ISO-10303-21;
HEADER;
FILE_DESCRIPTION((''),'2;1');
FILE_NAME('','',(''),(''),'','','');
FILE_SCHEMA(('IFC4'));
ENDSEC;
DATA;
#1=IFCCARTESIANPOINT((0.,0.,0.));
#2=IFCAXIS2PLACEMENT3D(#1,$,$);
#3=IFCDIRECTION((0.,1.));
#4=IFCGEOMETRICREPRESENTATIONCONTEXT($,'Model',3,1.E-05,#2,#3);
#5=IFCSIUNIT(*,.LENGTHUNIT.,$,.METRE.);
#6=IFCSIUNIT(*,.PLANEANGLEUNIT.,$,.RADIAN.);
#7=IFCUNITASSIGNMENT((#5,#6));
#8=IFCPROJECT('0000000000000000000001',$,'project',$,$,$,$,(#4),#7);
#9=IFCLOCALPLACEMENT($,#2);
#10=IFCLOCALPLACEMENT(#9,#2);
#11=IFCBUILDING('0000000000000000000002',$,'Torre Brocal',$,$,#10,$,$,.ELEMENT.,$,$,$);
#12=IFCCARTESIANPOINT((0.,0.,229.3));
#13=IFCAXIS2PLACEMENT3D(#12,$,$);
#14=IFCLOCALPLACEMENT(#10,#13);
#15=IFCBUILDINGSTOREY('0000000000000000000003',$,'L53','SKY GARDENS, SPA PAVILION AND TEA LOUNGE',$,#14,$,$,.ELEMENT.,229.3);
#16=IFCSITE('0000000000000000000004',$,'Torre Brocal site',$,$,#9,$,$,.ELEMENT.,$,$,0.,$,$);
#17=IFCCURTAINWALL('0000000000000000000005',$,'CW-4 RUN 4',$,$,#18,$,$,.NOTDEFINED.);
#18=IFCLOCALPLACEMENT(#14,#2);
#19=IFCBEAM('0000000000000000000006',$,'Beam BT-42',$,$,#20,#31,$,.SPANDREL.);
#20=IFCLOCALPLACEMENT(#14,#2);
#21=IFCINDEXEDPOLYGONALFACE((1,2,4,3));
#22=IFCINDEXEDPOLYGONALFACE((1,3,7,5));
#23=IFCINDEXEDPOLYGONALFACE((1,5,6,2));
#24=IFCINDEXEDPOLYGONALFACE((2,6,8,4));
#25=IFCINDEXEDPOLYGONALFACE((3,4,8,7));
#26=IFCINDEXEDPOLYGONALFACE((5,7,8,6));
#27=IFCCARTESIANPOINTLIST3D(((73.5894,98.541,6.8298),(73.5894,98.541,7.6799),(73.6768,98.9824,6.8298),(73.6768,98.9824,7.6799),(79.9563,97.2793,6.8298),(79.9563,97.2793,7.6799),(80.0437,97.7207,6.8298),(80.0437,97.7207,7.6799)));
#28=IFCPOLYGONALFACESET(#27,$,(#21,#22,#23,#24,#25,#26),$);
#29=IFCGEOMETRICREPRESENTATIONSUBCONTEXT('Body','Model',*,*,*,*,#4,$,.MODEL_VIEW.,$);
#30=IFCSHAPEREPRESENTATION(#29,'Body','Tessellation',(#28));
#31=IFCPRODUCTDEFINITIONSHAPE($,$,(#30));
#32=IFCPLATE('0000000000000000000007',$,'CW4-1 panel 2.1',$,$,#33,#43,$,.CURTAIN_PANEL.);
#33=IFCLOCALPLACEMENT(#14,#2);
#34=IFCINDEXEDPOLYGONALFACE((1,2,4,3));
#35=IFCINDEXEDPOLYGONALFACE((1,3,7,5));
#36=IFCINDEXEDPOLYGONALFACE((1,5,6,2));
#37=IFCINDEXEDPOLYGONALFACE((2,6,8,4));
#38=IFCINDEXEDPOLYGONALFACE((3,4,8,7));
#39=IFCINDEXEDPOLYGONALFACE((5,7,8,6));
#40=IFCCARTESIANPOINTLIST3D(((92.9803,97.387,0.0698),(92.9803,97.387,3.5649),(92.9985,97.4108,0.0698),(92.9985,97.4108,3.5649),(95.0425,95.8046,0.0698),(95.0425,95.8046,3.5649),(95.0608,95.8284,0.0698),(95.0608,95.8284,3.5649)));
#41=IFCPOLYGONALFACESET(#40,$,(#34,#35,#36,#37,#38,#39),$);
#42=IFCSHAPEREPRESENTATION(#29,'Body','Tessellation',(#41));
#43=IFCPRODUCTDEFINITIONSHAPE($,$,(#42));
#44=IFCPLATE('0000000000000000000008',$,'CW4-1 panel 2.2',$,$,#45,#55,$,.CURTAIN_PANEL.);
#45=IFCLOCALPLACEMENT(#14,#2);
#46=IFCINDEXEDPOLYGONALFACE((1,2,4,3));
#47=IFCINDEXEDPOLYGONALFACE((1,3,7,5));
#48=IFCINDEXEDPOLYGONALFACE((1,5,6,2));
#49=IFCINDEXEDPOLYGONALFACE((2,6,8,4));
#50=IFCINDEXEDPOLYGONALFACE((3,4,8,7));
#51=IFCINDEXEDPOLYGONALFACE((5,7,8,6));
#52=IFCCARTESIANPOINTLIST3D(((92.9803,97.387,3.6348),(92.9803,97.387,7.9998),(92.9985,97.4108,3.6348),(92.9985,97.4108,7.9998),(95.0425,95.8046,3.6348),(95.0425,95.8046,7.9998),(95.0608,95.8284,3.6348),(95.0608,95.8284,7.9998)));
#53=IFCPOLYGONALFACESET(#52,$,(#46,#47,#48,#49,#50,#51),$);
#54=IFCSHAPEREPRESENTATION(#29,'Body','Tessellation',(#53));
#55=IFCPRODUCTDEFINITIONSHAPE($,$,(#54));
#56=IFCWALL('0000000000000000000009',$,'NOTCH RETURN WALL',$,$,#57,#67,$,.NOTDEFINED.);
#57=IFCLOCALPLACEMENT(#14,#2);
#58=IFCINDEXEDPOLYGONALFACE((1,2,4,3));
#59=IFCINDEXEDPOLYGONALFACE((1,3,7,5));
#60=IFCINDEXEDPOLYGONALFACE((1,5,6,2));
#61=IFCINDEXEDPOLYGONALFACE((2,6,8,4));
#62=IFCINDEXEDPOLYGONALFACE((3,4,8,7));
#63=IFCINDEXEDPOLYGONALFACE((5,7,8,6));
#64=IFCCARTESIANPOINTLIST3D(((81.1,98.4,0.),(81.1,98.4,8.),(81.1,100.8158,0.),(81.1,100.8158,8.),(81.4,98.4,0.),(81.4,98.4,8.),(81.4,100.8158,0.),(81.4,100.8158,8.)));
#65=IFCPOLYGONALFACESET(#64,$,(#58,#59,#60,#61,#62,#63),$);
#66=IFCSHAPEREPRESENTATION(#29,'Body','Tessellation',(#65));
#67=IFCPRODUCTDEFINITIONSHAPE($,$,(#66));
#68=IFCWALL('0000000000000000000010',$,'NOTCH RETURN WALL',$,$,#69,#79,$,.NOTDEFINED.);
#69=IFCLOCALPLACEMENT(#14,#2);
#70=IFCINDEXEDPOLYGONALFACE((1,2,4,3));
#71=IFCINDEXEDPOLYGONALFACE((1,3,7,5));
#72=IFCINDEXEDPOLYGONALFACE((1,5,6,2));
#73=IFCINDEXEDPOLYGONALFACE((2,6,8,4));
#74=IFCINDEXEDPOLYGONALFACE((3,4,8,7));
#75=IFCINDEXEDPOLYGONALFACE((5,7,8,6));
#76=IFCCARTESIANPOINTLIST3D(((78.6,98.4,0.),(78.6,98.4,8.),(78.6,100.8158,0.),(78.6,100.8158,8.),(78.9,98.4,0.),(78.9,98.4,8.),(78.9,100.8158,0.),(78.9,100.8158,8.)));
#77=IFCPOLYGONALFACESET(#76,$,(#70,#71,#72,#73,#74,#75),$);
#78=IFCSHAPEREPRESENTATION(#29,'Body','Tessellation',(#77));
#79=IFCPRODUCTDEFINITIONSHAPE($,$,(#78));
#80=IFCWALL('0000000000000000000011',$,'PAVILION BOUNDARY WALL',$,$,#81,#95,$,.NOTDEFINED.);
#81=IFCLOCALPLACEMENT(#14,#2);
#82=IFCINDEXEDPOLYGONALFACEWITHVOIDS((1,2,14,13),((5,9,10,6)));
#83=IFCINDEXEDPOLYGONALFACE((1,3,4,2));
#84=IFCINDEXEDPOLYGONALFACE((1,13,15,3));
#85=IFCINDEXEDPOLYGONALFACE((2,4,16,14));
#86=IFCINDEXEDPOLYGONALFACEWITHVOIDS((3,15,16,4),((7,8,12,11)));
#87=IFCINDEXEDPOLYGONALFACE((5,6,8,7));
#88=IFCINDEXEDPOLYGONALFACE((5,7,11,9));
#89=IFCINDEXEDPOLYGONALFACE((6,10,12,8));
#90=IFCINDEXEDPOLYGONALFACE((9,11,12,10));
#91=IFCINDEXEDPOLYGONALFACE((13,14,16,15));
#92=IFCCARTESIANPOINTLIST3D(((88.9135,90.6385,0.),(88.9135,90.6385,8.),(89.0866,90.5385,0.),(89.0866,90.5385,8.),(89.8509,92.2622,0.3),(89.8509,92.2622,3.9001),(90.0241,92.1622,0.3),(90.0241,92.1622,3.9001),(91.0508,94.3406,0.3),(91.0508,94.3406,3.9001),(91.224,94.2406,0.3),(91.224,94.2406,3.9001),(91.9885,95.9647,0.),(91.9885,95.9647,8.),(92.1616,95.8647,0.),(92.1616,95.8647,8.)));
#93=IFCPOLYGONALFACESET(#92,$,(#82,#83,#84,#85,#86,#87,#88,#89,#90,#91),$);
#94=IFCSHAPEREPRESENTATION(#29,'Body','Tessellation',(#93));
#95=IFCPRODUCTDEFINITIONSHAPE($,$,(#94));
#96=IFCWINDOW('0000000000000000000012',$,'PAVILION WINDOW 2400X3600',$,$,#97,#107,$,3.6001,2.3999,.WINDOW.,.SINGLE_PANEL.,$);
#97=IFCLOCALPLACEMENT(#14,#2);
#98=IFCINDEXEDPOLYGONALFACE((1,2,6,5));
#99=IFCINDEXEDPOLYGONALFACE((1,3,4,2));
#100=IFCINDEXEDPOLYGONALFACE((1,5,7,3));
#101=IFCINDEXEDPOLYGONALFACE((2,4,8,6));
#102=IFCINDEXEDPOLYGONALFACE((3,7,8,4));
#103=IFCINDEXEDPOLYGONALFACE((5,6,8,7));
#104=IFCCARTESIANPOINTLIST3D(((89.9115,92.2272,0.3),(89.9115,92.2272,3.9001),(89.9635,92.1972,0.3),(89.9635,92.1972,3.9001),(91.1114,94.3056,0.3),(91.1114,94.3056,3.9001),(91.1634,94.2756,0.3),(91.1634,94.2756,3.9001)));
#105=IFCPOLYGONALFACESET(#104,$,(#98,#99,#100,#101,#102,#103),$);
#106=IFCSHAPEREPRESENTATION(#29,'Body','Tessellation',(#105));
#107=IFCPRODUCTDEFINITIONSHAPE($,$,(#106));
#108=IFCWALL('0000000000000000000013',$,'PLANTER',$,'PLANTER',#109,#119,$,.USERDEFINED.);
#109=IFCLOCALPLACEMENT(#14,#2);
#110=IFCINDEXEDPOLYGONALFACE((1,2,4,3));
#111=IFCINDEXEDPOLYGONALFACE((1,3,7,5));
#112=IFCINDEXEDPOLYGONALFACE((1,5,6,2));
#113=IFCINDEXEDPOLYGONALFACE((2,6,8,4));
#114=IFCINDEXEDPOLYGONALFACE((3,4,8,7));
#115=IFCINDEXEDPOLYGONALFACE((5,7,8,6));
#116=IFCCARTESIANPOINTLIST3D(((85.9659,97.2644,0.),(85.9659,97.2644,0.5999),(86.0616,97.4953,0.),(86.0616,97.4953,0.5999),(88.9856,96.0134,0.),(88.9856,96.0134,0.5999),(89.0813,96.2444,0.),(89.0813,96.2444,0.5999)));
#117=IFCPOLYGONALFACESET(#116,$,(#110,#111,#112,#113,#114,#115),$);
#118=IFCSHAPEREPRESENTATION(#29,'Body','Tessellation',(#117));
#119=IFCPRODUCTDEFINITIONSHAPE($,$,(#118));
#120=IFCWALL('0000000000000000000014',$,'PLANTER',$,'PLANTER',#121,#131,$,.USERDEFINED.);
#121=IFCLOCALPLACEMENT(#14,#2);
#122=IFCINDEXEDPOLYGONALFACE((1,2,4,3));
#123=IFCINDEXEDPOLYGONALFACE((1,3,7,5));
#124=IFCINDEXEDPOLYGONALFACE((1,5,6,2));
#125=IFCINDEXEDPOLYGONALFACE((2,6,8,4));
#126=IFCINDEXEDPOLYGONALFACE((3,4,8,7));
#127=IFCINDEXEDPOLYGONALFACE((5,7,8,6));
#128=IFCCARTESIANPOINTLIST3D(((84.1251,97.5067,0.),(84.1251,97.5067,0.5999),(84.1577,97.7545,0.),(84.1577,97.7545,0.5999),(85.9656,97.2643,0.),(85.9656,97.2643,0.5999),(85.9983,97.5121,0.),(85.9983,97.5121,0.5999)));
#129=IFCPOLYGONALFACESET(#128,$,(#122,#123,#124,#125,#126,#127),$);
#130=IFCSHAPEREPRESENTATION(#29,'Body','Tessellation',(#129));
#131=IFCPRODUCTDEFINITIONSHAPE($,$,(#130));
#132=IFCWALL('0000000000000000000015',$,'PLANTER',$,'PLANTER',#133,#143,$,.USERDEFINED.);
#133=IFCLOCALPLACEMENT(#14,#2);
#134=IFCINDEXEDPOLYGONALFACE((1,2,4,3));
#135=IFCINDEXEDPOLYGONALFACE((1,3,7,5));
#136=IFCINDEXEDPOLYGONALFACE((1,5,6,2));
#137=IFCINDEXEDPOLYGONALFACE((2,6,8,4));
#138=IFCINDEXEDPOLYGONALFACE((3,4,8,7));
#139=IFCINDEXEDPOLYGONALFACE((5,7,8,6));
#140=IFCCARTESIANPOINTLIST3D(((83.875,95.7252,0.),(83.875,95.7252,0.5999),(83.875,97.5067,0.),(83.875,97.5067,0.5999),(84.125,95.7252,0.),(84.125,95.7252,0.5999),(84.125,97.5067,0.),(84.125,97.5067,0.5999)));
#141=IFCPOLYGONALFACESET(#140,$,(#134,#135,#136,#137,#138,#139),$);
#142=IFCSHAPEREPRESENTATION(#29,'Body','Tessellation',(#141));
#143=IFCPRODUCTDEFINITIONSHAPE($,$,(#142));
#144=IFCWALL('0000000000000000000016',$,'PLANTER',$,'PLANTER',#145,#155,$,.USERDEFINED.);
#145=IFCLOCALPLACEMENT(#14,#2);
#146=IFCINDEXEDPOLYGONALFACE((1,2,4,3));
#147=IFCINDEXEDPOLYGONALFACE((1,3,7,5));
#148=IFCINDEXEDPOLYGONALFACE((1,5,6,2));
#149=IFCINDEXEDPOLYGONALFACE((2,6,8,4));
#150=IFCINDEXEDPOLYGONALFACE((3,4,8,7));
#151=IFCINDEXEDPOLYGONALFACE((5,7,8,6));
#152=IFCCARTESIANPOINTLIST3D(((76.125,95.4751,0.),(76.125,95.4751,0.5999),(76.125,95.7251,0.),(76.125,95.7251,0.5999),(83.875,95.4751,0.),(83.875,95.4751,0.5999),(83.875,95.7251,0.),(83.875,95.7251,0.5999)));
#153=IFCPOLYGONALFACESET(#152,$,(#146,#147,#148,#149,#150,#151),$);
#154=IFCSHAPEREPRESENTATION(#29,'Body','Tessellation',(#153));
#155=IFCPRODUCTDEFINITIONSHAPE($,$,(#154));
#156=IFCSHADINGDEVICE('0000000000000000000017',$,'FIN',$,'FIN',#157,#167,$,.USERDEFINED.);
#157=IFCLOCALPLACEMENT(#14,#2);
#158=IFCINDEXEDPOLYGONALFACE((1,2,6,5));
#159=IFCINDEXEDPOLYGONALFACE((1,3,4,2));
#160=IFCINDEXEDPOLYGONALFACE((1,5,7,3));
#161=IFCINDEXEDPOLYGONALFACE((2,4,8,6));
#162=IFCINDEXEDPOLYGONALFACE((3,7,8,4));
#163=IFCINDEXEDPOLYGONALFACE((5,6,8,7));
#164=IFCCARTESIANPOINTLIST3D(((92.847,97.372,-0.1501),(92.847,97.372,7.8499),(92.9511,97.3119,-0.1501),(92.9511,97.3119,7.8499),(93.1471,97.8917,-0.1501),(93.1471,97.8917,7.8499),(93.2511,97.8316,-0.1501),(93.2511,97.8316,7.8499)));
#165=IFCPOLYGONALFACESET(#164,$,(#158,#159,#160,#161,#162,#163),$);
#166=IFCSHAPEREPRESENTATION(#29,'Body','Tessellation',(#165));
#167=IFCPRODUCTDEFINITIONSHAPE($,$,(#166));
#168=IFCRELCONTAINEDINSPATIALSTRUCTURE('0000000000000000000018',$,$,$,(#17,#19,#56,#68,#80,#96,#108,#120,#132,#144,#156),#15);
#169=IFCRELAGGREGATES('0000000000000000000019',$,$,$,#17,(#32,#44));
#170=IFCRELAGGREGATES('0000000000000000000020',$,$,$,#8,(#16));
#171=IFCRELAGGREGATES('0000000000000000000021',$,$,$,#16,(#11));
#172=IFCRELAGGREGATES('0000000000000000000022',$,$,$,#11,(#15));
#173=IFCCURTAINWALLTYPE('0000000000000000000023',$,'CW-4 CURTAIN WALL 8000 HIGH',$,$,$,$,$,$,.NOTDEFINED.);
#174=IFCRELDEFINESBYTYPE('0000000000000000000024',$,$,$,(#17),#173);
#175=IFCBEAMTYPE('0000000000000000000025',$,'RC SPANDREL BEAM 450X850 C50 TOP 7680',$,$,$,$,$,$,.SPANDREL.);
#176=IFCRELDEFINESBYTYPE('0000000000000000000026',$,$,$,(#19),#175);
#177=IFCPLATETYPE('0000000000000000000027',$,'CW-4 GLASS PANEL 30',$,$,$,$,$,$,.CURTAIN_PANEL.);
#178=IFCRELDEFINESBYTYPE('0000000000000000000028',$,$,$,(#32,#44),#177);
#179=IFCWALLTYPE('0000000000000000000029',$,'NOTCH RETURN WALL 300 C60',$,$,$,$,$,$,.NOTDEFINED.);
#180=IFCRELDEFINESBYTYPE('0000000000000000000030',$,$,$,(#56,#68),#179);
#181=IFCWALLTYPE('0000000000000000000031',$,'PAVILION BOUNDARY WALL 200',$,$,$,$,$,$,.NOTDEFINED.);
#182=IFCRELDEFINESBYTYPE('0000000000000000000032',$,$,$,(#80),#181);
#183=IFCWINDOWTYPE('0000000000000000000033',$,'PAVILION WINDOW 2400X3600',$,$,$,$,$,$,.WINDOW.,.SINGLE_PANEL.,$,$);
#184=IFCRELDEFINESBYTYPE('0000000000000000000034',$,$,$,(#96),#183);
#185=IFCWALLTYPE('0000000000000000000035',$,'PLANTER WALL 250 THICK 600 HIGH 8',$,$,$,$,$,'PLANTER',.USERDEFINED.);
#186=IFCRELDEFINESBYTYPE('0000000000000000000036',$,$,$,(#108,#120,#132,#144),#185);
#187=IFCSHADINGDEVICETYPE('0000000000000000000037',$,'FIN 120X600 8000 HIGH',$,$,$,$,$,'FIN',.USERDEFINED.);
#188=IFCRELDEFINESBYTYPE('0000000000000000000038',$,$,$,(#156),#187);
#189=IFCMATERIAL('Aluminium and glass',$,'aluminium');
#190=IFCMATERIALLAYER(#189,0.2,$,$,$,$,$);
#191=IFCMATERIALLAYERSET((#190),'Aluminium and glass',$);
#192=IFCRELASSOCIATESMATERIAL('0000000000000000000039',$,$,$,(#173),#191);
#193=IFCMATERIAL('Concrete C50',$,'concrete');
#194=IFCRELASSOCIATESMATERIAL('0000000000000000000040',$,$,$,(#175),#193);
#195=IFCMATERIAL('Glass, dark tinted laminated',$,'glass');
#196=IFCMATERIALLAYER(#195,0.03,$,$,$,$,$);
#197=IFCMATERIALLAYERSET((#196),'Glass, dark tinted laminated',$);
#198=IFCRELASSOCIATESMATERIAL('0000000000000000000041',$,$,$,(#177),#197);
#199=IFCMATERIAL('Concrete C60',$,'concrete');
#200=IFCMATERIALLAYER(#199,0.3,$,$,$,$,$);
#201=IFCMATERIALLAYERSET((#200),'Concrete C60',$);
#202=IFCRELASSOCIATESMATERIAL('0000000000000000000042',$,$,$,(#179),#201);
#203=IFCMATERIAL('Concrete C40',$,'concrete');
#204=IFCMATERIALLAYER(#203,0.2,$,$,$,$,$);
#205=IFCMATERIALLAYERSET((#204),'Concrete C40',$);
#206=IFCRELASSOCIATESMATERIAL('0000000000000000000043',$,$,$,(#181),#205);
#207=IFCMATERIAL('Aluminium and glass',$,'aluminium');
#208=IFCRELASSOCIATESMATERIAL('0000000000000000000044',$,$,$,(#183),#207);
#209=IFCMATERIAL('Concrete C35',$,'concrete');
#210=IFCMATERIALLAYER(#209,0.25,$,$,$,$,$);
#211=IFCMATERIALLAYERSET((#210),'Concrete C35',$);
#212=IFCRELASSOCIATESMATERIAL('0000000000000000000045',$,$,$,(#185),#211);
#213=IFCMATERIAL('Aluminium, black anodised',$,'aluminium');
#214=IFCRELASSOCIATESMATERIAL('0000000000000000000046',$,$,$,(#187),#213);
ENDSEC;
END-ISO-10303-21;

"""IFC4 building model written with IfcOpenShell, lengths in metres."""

from ifc_helpers import new_model, si_unit, direction, frame, frame_2d, origin, origin_2d, place, context, subcontext, project, spatial, rectangle, extrude, material, layer, layer_set, material_profile, profile_set, type_object, element, fill, aggregate, save


model = new_model("IFC4")

# Units and contexts
model_context = context("Model", 3, precision=1e-05, world=origin(), true_north=direction((0.0, 1.0)))
body_context = subcontext(model_context, "Body", "Model", "MODEL_VIEW")
ifc_project = project(units=[si_unit("LENGTHUNIT", "METRE"), si_unit("PLANEANGLEUNIT", "RADIAN")], contexts=[model_context])

# Site, building, storey
site_placement = place(None, origin())
site = spatial("IfcSite", under=ifc_project, at=site_placement, Name="Torre Brocal site", CompositionType="ELEMENT", RefElevation=0.0)
building_placement = place(site_placement, origin())
building = spatial("IfcBuilding", under=site, at=building_placement, Name="Torre Brocal", CompositionType="ELEMENT")
storey_placement = place(building_placement, frame((0.0, 0.0, 229.3)))
storey = spatial("IfcBuildingStorey", under=building, at=storey_placement, Name="L53", Description="SKY GARDENS, SPA PAVILION AND TEA LOUNGE", CompositionType="ELEMENT", Elevation=229.3)

# Curtain wall
ifc_material_1 = material(Name="Aluminium and glass", Category="aluminium")
ifc_layer_1 = layer(ifc_material_1, 0.2)
ifc_layer_set_1 = layer_set([ifc_layer_1], Name="Aluminium and glass")
curtain_wall_type = type_object("IfcCurtainWallType", Name="CW-4 CURTAIN WALL 8000 HIGH", PredefinedType="NOTDEFINED", material=ifc_layer_set_1)
curtain_wall_placement = place(storey_placement, origin())
curtain_wall = element("IfcCurtainWall", 1, at=curtain_wall_placement, inside=storey, type_object=curtain_wall_type, Name="CW-4 RUN 4", PredefinedType="NOTDEFINED")

# Beam
ifc_material_2 = material(Name="Concrete C50", Category="concrete")
ifc_material_profile_1 = material_profile(ifc_material_2, rectangle(XDim=0.45, YDim=0.8501, at=origin_2d()), Name="RC 450X850")
ifc_profile_set_1 = profile_set([ifc_material_profile_1], Name="Concrete C50")
beam_type_1 = type_object("IfcBeamType", Name="RC SPANDREL BEAM 450X850 C50 TOP 7680", PredefinedType="SPANDREL", material=ifc_profile_set_1)
for number, where, z_axis, x_axis, name in (
    (2, (80.0, 97.5, 7.2549), (-0.980925, 0.194387, 0.0), (-0.194387, -0.980925, 0.0), "Beam BT-42"),
):
    element("IfcBeam", number, at=place(storey_placement, frame(where, z_axis=z_axis, x_axis=x_axis)), inside=storey, type_object=beam_type_1, Name=name, PredefinedType="SPANDREL", context=body_context, shape_type="SweptSolid", body=[
        extrude(rectangle(XDim=0.45, YDim=0.8501, at=origin_2d()), origin(), (0.0, 0.0, 1.0), 6.4907),
    ])

# Plates
ifc_material_3 = material(Name="Glass, dark tinted laminated", Category="glass")
ifc_layer_2 = layer(ifc_material_3, 0.03)
ifc_layer_set_2 = layer_set([ifc_layer_2], Name="Glass, dark tinted laminated")
plate_type = type_object("IfcPlateType", Name="CW-4 GLASS PANEL 30", PredefinedType="CURTAIN_PANEL", material=ifc_layer_set_2)
plate_1_placement = place(storey_placement, frame((94.0205, 96.6077, 0.0698), z_axis=(0.0, 0.0, 1.0), x_axis=(-0.793353, 0.608761, 0.0)))
plate_1 = element("IfcPlate", 3, at=plate_1_placement, type_object=plate_type, Name="CW4-1 panel 2.1", PredefinedType="CURTAIN_PANEL", context=body_context, shape_type="SweptSolid", body=[
    extrude(rectangle(XDim=2.5994, YDim=0.03, at=origin_2d()), origin(), (0.0, 0.0, 1.0), 3.4951),
])
plate_2_placement = place(storey_placement, frame((94.0205, 96.6077, 3.6348), z_axis=(0.0, 0.0, 1.0), x_axis=(-0.793353, 0.608761, 0.0)))
plate_2 = element("IfcPlate", 4, at=plate_2_placement, type_object=plate_type, Name="CW4-1 panel 2.2", PredefinedType="CURTAIN_PANEL", context=body_context, shape_type="SweptSolid", body=[
    extrude(rectangle(XDim=2.5994, YDim=0.03, at=origin_2d()), origin(), (0.0, 0.0, 1.0), 4.365),
])
aggregate(curtain_wall, [plate_1, plate_2])

# Walls
ifc_material_4 = material(Name="Concrete C60", Category="concrete")
ifc_layer_3 = layer(ifc_material_4, 0.3)
ifc_layer_set_3 = layer_set([ifc_layer_3], Name="Concrete C60")
wall_type_1 = type_object("IfcWallType", Name="NOTCH RETURN WALL 300 C60", PredefinedType="NOTDEFINED", material=ifc_layer_set_3)
for number, where, z_axis, x_axis, name in (
    (5, (81.25, 98.3999, 0.0), (0.0, 0.0, 1.0), (0.0, 1.0, 0.0), "NOTCH RETURN WALL"),
    (6, (78.75, 98.3999, 0.0), (0.0, 0.0, 1.0), (0.0, 1.0, 0.0), "NOTCH RETURN WALL"),
):
    element("IfcWall", number, at=place(storey_placement, frame(where, z_axis=z_axis, x_axis=x_axis)), inside=storey, type_object=wall_type_1, Name=name, PredefinedType="NOTDEFINED", context=body_context, shape_type="SweptSolid", body=[
        extrude(rectangle(XDim=2.4158, YDim=0.3, at=frame_2d((1.208, 0.0))), origin(), (0.0, 0.0, 1.0), 8.0),
    ])

# Wall, opening, window
ifc_material_5 = material(Name="Concrete C40", Category="concrete")
ifc_layer_4 = layer(ifc_material_5, 0.2)
ifc_layer_set_4 = layer_set([ifc_layer_4], Name="Concrete C40")
wall_type_2 = type_object("IfcWallType", Name="PAVILION BOUNDARY WALL 200", PredefinedType="NOTDEFINED", material=ifc_layer_set_4)
wall_1_placement = place(storey_placement, frame((89.0, 90.5884, 0.0), z_axis=(0.0, 0.0, 1.0), x_axis=(0.499986, 0.866034, 0.0)))
wall_1 = element("IfcWall", 7, at=wall_1_placement, inside=storey, type_object=wall_type_2, Name="PAVILION BOUNDARY WALL", PredefinedType="NOTDEFINED", context=body_context, shape_type="SweptSolid", body=[
    extrude(rectangle(XDim=6.1501, YDim=0.2, at=frame_2d((3.0752, 0.0))), origin(), (0.0, 0.0, 1.0), 8.0),
])
opening_placement = place(wall_1_placement, frame((1.875, 0.0, 0.3)))
opening = element("IfcOpeningElement", 8, at=opening_placement, cuts=wall_1, PredefinedType="OPENING", context=body_context, shape_type="SweptSolid", body=[
    extrude(rectangle(XDim=2.3999, YDim=3.6001, at=frame_2d((1.2, 1.8))), frame((0.0, 0.1099, 0.0), z_axis=(0.0, -1.0, 0.0), x_axis=(1.0, 0.0, 0.0)), (0.0, 0.0, 1.0), 0.22),
])
ifc_material_6 = material(Name="Aluminium and glass", Category="aluminium")
window_type = type_object("IfcWindowType", Name="PAVILION WINDOW 2400X3600", PartitioningType="SINGLE_PANEL", PredefinedType="WINDOW", material=ifc_material_6)
window_placement = place(opening_placement, origin())
window = element("IfcWindow", 9, at=window_placement, inside=storey, type_object=window_type, Name="PAVILION WINDOW 2400X3600", OverallHeight=3.6001, OverallWidth=2.3999, PartitioningType="SINGLE_PANEL", PredefinedType="WINDOW", context=body_context, shape_type="SweptSolid", body=[
    extrude(rectangle(XDim=2.3999, YDim=3.6001, at=frame_2d((1.2, 1.8))), frame((0.0, 0.03, 0.0), z_axis=(0.0, -1.0, 0.0), x_axis=(1.0, 0.0, 0.0)), (0.0, 0.0, 1.0), 0.0601),
])
fill(opening, window)

# Walls
ifc_material_7 = material(Name="Concrete C35", Category="concrete")
ifc_layer_5 = layer(ifc_material_7, 0.25)
ifc_layer_set_5 = layer_set([ifc_layer_5], Name="Concrete C35")
wall_type_3 = type_object("IfcWallType", Name="PLANTER WALL 250 THICK 600 HIGH 8", ElementType="PLANTER", PredefinedType="USERDEFINED", material=ifc_layer_set_5)
wall_2_placement = place(storey_placement, frame((89.0334, 96.1289, 0.0), z_axis=(0.0, 0.0, 1.0), x_axis=(-0.923864, 0.382721, 0.0)))
element("IfcWall", 10, at=wall_2_placement, inside=storey, type_object=wall_type_3, Name="PLANTER", ObjectType="PLANTER", PredefinedType="USERDEFINED", context=body_context, shape_type="SweptSolid", body=[
    extrude(rectangle(XDim=3.2686, YDim=0.25, at=frame_2d((1.6343, 0.0))), origin(), (0.0, 0.0, 1.0), 0.5999),
])
wall_3_placement = place(storey_placement, frame((85.9819, 97.3882, 0.0), z_axis=(0.0, 0.0, 1.0), x_axis=(-0.991437, 0.130587, 0.0)))
element("IfcWall", 11, at=wall_3_placement, inside=storey, type_object=wall_type_3, Name="PLANTER", ObjectType="PLANTER", PredefinedType="USERDEFINED", context=body_context, shape_type="SweptSolid", body=[
    extrude(rectangle(XDim=1.8564, YDim=0.25, at=frame_2d((0.9282, 0.0))), origin(), (0.0, 0.0, 1.0), 0.5999),
])
wall_4_placement = place(storey_placement, frame((84.0, 97.5066, 0.0), z_axis=(0.0, 0.0, 1.0), x_axis=(0.0, -1.0, 0.0)))
element("IfcWall", 12, at=wall_4_placement, inside=storey, type_object=wall_type_3, Name="PLANTER", ObjectType="PLANTER", PredefinedType="USERDEFINED", context=body_context, shape_type="SweptSolid", body=[
    extrude(rectangle(XDim=1.7815, YDim=0.25, at=frame_2d((0.8906, 0.0))), origin(), (0.0, 0.0, 1.0), 0.5999),
])
wall_5_placement = place(storey_placement, frame((83.875, 95.6001, 0.0), z_axis=(0.0, 0.0, 1.0), x_axis=(-1.0, 0.0, 0.0)))
element("IfcWall", 13, at=wall_5_placement, inside=storey, type_object=wall_type_3, Name="PLANTER", ObjectType="PLANTER", PredefinedType="USERDEFINED", context=body_context, shape_type="SweptSolid", body=[
    extrude(rectangle(XDim=7.75, YDim=0.25, at=frame_2d((3.875, 0.0))), origin(), (0.0, 0.0, 1.0), 0.5999),
])

# Shading device
ifc_material_8 = material(Name="Aluminium, black anodised", Category="aluminium")
ifc_material_profile_2 = material_profile(ifc_material_8, rectangle(XDim=0.1201, YDim=0.6001, at=origin_2d()), Name="FIN 120X600 8000 HIGH")
ifc_profile_set_2 = profile_set([ifc_material_profile_2], Name="Aluminium, black anodised")
shading_device_type = type_object("IfcShadingDeviceType", Name="FIN 120X600 8000 HIGH", ElementType="FIN", PredefinedType="USERDEFINED", material=ifc_profile_set_2)
shading_device_placement = place(storey_placement, frame((93.0491, 97.6018, -0.1501), z_axis=(0.0, 0.0, 1.0), x_axis=(-0.866025, 0.5, 0.0)))
element("IfcShadingDevice", 14, at=shading_device_placement, inside=storey, type_object=shading_device_type, Name="FIN", ObjectType="FIN", PredefinedType="USERDEFINED", context=body_context, shape_type="SweptSolid", body=[
    extrude(rectangle(XDim=0.1201, YDim=0.6001, at=origin_2d()), origin(), (0.0, 0.0, 1.0), 8.0),
])

save(model, "model.ifc")
